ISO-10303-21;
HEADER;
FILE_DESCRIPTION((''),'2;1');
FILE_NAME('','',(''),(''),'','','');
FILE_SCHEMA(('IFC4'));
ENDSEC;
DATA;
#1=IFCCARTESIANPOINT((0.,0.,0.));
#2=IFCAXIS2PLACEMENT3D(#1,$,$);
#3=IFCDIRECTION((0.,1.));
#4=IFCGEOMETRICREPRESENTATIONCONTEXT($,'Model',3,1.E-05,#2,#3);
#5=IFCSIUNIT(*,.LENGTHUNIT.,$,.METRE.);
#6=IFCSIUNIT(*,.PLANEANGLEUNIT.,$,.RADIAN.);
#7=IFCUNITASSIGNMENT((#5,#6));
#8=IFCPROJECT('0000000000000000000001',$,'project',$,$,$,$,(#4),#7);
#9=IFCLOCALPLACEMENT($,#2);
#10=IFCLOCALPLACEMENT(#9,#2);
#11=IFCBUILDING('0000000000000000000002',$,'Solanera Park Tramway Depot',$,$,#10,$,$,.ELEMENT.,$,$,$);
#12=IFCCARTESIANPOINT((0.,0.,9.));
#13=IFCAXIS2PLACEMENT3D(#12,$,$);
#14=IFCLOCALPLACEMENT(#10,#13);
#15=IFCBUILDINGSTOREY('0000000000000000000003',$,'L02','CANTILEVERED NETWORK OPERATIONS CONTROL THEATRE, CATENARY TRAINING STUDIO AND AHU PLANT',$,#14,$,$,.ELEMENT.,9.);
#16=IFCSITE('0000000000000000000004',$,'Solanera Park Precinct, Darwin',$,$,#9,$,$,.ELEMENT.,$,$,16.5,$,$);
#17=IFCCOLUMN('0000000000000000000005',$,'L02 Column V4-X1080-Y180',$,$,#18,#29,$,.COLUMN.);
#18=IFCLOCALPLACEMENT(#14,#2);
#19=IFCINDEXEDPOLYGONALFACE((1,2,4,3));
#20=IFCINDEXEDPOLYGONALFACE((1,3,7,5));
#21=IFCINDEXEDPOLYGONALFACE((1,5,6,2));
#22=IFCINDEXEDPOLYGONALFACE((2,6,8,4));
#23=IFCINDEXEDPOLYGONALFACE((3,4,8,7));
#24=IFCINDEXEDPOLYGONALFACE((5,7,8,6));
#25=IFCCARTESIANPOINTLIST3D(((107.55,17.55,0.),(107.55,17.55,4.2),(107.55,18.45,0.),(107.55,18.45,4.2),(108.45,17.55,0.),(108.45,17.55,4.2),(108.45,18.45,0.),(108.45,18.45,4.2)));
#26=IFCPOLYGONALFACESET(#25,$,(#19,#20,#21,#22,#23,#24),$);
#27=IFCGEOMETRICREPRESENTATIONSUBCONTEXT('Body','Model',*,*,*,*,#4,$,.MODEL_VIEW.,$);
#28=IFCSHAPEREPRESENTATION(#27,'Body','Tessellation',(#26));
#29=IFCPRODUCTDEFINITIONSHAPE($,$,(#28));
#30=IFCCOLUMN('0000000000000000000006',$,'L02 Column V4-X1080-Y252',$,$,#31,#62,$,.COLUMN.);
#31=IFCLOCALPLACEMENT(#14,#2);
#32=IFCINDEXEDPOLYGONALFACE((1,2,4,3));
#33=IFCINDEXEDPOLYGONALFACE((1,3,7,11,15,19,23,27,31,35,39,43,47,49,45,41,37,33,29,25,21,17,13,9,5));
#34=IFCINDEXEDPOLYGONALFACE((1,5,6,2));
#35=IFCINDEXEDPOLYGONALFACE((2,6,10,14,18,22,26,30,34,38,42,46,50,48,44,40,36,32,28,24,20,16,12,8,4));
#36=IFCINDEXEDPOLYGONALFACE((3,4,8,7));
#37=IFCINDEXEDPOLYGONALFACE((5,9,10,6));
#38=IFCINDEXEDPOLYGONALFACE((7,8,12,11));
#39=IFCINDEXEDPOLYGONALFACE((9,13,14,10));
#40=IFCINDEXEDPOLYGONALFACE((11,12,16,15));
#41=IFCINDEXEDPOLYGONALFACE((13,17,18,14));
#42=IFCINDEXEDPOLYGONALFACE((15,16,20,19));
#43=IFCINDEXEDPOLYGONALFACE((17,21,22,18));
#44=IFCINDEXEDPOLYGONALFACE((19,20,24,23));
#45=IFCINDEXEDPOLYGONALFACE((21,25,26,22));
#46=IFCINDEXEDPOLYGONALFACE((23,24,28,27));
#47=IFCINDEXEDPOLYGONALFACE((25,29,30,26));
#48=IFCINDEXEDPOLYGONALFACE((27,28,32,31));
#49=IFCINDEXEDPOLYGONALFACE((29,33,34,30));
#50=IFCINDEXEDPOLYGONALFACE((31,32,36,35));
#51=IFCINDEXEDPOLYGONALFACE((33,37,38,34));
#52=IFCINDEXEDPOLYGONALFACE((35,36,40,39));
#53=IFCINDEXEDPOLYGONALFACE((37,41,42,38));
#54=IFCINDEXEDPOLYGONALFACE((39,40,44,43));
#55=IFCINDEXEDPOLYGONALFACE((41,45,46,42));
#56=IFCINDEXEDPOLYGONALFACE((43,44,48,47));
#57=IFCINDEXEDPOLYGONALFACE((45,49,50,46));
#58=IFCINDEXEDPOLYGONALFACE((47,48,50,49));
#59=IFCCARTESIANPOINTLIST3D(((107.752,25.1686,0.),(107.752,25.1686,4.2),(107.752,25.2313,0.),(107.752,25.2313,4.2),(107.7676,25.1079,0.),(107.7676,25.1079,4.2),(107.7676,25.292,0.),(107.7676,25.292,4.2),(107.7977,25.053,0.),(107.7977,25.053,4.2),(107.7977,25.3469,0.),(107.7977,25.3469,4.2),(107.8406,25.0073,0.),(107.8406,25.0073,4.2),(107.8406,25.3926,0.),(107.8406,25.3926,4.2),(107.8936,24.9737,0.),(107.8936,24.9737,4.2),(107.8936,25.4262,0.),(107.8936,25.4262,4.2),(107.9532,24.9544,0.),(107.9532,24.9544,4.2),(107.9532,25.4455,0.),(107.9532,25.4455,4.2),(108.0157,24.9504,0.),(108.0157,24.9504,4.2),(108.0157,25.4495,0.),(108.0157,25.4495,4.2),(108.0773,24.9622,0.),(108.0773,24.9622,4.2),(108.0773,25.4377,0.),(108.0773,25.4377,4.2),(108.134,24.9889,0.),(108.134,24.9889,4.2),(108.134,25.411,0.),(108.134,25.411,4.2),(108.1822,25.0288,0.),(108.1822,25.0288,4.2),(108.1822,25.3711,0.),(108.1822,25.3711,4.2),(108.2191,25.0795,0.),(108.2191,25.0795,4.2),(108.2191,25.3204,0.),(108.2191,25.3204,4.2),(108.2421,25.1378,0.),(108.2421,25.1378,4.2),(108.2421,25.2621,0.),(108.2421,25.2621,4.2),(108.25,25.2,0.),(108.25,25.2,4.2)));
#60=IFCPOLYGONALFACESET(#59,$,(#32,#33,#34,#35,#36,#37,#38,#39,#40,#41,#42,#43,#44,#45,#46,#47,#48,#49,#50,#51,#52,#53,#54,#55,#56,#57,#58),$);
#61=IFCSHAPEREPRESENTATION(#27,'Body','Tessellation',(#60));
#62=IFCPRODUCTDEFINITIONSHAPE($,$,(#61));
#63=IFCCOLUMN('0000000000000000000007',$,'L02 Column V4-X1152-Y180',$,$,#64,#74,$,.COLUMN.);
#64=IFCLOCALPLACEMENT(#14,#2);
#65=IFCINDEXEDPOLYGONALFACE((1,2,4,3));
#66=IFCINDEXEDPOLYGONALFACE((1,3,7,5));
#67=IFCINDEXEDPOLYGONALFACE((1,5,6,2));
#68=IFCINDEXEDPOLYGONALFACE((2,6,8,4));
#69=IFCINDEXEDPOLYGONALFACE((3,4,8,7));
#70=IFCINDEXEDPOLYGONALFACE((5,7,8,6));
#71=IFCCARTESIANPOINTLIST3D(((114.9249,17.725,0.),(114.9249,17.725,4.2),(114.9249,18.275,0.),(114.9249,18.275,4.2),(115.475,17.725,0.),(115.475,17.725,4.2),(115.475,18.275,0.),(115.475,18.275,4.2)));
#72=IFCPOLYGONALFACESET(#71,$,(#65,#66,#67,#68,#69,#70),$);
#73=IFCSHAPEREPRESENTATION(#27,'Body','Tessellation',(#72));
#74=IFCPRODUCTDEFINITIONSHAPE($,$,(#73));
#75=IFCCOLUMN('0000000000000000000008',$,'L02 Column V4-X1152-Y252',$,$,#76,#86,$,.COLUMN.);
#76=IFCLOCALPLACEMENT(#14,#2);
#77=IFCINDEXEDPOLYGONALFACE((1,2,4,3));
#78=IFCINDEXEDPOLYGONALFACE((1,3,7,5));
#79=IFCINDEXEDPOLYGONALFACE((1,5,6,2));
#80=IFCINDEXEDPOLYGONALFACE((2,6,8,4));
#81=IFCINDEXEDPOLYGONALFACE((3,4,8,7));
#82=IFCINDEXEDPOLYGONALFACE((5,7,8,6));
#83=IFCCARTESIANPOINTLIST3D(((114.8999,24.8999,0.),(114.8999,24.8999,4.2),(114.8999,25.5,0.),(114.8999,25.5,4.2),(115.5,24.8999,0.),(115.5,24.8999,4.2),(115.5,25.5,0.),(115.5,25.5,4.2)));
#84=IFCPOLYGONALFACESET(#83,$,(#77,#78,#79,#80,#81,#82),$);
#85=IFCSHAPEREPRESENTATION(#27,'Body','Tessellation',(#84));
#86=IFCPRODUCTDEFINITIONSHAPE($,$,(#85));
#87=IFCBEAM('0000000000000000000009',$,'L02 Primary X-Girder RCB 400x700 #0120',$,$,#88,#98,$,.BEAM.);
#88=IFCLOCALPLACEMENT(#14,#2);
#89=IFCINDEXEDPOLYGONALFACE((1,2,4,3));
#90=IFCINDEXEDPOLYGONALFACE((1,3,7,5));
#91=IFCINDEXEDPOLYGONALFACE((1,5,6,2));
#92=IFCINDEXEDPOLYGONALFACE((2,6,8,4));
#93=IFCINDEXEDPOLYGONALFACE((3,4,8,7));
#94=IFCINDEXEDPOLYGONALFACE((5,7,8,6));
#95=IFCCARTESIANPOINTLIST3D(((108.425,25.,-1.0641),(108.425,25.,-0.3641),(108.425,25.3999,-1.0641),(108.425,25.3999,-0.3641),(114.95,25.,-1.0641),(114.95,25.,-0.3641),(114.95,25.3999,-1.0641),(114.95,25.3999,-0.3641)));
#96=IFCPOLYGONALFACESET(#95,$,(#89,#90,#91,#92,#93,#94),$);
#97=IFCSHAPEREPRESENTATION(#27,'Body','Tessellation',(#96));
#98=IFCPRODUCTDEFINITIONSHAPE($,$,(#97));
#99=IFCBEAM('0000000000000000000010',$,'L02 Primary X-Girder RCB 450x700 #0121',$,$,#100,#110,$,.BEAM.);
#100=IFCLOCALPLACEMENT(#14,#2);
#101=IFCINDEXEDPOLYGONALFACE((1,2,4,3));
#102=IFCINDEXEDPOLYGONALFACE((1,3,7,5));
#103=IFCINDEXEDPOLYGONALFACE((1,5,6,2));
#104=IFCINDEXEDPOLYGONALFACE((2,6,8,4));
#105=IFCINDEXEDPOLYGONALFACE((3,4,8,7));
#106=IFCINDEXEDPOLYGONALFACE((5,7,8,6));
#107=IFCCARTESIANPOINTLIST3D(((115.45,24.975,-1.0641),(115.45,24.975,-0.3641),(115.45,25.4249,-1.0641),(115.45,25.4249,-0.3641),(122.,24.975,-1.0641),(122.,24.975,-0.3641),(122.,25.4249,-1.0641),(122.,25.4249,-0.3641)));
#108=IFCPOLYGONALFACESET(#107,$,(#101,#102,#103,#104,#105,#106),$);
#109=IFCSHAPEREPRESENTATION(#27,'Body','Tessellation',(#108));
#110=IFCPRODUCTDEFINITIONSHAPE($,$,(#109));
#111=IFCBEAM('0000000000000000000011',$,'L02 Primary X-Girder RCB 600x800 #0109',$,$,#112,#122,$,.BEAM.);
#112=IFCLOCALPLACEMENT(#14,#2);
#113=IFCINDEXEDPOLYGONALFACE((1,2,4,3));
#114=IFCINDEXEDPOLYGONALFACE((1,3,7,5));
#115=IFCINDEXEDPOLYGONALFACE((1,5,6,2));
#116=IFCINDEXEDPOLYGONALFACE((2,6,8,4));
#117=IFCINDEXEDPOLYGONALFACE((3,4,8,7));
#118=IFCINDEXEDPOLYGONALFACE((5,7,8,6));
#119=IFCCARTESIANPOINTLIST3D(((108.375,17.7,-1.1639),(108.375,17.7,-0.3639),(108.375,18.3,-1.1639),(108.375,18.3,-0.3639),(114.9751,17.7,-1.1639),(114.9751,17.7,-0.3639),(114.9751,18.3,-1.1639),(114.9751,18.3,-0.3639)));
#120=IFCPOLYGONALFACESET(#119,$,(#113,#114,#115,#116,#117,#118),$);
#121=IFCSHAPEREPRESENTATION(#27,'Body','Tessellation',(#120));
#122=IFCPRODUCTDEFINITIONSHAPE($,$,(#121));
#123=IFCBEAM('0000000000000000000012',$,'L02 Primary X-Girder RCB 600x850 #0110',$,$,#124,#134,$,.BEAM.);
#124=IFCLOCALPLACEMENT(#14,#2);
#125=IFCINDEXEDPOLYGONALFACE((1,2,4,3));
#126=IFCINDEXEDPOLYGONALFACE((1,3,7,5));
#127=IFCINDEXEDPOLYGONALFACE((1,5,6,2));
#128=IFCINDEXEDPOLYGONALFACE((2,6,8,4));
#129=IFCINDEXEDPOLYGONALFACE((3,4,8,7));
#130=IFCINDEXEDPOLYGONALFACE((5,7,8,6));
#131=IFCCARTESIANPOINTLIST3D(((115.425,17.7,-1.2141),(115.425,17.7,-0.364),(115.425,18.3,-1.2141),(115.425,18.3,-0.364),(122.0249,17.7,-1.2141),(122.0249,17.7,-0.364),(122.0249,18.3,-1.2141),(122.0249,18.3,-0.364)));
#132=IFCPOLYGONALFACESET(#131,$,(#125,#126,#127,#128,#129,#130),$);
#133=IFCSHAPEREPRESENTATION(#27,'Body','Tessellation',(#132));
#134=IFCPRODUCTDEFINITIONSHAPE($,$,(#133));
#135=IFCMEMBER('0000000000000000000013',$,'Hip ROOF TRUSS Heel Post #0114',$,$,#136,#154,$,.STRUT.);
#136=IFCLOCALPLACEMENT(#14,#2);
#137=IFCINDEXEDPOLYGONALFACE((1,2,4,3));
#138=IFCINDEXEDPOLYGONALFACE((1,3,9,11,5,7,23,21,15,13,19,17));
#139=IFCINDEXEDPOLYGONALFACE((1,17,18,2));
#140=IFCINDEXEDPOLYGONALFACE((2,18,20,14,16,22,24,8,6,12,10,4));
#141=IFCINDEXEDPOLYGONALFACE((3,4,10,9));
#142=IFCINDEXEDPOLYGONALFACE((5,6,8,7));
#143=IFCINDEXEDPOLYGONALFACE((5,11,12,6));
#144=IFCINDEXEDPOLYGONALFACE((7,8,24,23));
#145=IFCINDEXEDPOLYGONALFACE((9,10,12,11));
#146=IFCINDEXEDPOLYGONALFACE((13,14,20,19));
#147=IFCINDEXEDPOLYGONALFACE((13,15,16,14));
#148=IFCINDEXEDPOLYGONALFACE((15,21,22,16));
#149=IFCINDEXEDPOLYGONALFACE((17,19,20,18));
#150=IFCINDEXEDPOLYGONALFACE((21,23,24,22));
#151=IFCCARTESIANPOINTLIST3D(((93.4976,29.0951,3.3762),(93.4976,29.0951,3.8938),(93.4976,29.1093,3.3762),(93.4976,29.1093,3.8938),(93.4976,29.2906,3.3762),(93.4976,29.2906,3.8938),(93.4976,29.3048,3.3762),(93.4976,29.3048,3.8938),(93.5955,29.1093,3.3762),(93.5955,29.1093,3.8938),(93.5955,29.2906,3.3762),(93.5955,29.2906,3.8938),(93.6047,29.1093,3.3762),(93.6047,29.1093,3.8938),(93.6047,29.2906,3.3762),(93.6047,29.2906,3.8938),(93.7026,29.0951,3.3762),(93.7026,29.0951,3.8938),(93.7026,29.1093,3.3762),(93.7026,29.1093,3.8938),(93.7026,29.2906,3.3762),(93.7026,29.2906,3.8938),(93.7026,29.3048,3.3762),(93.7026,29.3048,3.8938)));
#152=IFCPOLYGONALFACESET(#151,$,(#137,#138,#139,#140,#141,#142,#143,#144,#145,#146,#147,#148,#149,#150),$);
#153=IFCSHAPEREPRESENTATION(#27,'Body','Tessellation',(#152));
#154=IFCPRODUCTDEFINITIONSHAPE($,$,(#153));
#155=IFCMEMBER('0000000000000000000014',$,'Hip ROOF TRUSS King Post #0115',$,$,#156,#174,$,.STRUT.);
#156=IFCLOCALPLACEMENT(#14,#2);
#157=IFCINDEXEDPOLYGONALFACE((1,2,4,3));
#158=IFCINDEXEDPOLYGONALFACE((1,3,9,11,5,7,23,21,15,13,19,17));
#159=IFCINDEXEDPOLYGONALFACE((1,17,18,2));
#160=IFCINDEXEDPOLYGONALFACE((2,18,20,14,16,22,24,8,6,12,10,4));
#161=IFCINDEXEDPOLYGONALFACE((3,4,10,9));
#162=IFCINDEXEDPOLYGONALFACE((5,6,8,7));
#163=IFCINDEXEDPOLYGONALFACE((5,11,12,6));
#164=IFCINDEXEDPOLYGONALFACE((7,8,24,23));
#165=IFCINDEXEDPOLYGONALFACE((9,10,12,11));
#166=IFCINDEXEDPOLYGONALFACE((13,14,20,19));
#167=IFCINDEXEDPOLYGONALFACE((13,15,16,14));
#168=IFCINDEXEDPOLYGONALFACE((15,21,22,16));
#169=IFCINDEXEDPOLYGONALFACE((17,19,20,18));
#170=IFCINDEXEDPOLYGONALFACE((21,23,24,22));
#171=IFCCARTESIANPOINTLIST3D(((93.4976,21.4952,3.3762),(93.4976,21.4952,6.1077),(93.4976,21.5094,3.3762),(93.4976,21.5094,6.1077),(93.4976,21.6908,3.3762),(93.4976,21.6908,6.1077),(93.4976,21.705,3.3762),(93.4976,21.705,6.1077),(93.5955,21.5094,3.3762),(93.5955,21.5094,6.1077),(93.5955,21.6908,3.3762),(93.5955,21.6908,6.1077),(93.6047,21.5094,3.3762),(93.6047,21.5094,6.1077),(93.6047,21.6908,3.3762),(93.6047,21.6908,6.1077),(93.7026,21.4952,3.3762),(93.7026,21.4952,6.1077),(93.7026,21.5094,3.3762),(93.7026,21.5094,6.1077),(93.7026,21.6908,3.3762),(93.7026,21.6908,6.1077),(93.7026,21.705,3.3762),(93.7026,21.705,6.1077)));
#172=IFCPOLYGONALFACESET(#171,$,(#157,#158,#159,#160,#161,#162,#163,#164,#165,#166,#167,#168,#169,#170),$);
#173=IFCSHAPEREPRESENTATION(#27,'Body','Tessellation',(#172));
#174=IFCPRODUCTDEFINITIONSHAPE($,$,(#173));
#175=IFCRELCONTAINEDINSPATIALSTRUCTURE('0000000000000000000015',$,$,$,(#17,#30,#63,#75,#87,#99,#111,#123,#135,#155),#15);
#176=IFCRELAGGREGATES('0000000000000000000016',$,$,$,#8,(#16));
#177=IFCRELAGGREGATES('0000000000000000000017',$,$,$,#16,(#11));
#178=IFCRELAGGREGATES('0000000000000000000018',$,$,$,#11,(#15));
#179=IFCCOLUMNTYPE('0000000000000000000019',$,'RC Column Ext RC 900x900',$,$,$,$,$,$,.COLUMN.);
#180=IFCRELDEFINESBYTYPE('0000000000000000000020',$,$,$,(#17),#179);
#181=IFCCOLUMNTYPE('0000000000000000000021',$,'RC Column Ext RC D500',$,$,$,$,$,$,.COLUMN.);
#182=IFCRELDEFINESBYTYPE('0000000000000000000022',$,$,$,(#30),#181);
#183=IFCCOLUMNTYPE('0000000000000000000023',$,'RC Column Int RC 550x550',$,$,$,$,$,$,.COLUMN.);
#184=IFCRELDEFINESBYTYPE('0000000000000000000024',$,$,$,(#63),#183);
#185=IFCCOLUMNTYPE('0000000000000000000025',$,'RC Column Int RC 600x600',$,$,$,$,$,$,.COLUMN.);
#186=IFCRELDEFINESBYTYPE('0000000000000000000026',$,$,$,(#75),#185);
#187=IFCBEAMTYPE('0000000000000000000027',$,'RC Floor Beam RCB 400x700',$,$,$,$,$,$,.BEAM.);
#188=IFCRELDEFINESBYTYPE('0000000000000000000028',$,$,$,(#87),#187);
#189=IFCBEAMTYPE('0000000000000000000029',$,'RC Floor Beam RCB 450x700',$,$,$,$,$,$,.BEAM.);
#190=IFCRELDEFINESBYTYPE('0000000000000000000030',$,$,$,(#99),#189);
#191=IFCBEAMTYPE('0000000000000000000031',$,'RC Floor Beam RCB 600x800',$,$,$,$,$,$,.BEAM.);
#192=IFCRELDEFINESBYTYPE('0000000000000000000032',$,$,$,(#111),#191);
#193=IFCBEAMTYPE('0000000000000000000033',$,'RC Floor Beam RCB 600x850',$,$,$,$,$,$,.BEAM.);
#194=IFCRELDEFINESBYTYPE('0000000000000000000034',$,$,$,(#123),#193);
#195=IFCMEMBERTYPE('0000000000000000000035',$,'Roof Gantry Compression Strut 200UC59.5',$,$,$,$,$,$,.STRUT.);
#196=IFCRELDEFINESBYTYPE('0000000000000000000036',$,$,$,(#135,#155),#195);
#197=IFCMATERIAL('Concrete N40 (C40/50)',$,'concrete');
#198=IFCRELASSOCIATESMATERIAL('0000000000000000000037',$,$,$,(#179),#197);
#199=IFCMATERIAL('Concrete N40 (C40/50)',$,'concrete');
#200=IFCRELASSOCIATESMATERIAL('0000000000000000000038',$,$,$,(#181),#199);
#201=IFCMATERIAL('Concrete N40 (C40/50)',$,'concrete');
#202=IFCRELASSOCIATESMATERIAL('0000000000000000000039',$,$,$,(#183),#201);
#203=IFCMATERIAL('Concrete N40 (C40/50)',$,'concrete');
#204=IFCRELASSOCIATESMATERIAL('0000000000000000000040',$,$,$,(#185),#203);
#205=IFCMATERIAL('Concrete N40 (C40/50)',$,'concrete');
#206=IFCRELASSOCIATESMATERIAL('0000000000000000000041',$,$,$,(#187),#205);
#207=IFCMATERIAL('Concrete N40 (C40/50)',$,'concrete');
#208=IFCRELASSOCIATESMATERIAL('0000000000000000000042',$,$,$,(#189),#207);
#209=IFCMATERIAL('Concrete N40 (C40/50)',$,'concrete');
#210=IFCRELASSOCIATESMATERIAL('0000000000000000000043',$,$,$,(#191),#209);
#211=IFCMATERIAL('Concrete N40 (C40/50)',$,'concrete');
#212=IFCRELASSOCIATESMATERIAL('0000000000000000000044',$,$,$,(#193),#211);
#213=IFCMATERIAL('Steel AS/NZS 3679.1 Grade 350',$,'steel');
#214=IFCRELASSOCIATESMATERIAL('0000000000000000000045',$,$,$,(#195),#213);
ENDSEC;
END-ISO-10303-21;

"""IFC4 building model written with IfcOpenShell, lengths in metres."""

from ifc_helpers import new_model, si_unit, direction, frame, origin, origin_2d, place, context, subcontext, project, spatial, rectangle, circle, i_section, extrude, material, material_profile, profile_set, type_object, element, save


model = new_model("IFC4")

# Units and contexts
model_context = context("Model", 3, precision=1e-05, world=origin(), true_north=direction((0.0, 1.0)))
body_context = subcontext(model_context, "Body", "Model", "MODEL_VIEW")
ifc_project = project(units=[si_unit("LENGTHUNIT", "METRE"), si_unit("PLANEANGLEUNIT", "RADIAN")], contexts=[model_context])

# Site, building, storey
site_placement = place(None, origin())
site = spatial("IfcSite", under=ifc_project, at=site_placement, Name="Solanera Park Precinct, Darwin", CompositionType="ELEMENT", RefElevation=16.5)
building_placement = place(site_placement, origin())
building = spatial("IfcBuilding", under=site, at=building_placement, Name="Solanera Park Tramway Depot", CompositionType="ELEMENT")
storey_placement = place(building_placement, frame((0.0, 0.0, 9.0)))
storey = spatial("IfcBuildingStorey", under=building, at=storey_placement, Name="L02", Description="CANTILEVERED NETWORK OPERATIONS CONTROL THEATRE, CATENARY TRAINING STUDIO AND AHU PLANT", CompositionType="ELEMENT", Elevation=9.0)

# Columns
ifc_material_1 = material(Name="Concrete N40 (C40/50)", Category="concrete")
ifc_material_profile_1 = material_profile(ifc_material_1, rectangle(XDim=0.8999, YDim=0.8999, at=origin_2d()), Name="RC 900x900")
ifc_profile_set_1 = profile_set([ifc_material_profile_1], Name="Concrete N40 (C40/50)")
column_type_1 = type_object("IfcColumnType", Name="RC Column Ext RC 900x900", PredefinedType="COLUMN", material=ifc_profile_set_1)
column_1_placement = place(storey_placement, frame((108.0, 18.0, 0.0), z_axis=(0.0, 0.0, 1.0), x_axis=(1.0, 0.0, 0.0)))
element("IfcColumn", 1, at=column_1_placement, inside=storey, type_object=column_type_1, Name="L02 Column V4-X1080-Y180", PredefinedType="COLUMN", context=body_context, shape_type="SweptSolid", body=[
    extrude(rectangle(XDim=0.8999, YDim=0.8999, at=origin_2d()), origin(), (0.0, 0.0, 1.0), 4.2),
])
ifc_material_2 = material(Name="Concrete N40 (C40/50)", Category="concrete")
ifc_material_profile_2 = material_profile(ifc_material_2, circle(Radius=0.25, at=origin_2d()), Name="RC D500")
ifc_profile_set_2 = profile_set([ifc_material_profile_2], Name="Concrete N40 (C40/50)")
column_type_2 = type_object("IfcColumnType", Name="RC Column Ext RC D500", PredefinedType="COLUMN", material=ifc_profile_set_2)
column_2_placement = place(storey_placement, frame((108.0, 25.2, 0.0), z_axis=(0.0, 0.0, 1.0), x_axis=(1.0, 0.0, 0.0)))
element("IfcColumn", 2, at=column_2_placement, inside=storey, type_object=column_type_2, Name="L02 Column V4-X1080-Y252", PredefinedType="COLUMN", context=body_context, shape_type="SweptSolid", body=[
    extrude(circle(Radius=0.25, at=origin_2d()), origin(), (0.0, 0.0, 1.0), 4.2),
])
ifc_material_3 = material(Name="Concrete N40 (C40/50)", Category="concrete")
ifc_material_profile_3 = material_profile(ifc_material_3, rectangle(XDim=0.55, YDim=0.55, at=origin_2d()), Name="RC 550x550")
ifc_profile_set_3 = profile_set([ifc_material_profile_3], Name="Concrete N40 (C40/50)")
column_type_3 = type_object("IfcColumnType", Name="RC Column Int RC 550x550", PredefinedType="COLUMN", material=ifc_profile_set_3)
column_3_placement = place(storey_placement, frame((115.2, 18.0, 0.0), z_axis=(0.0, 0.0, 1.0), x_axis=(1.0, 0.0, 0.0)))
element("IfcColumn", 3, at=column_3_placement, inside=storey, type_object=column_type_3, Name="L02 Column V4-X1152-Y180", PredefinedType="COLUMN", context=body_context, shape_type="SweptSolid", body=[
    extrude(rectangle(XDim=0.55, YDim=0.55, at=origin_2d()), origin(), (0.0, 0.0, 1.0), 4.2),
])
ifc_material_4 = material(Name="Concrete N40 (C40/50)", Category="concrete")
ifc_material_profile_4 = material_profile(ifc_material_4, rectangle(XDim=0.6001, YDim=0.6001, at=origin_2d()), Name="RC 600x600")
ifc_profile_set_4 = profile_set([ifc_material_profile_4], Name="Concrete N40 (C40/50)")
column_type_4 = type_object("IfcColumnType", Name="RC Column Int RC 600x600", PredefinedType="COLUMN", material=ifc_profile_set_4)
column_4_placement = place(storey_placement, frame((115.2, 25.2, 0.0), z_axis=(0.0, 0.0, 1.0), x_axis=(1.0, 0.0, 0.0)))
element("IfcColumn", 4, at=column_4_placement, inside=storey, type_object=column_type_4, Name="L02 Column V4-X1152-Y252", PredefinedType="COLUMN", context=body_context, shape_type="SweptSolid", body=[
    extrude(rectangle(XDim=0.6001, YDim=0.6001, at=origin_2d()), origin(), (0.0, 0.0, 1.0), 4.2),
])

# Beams
ifc_material_5 = material(Name="Concrete N40 (C40/50)", Category="concrete")
ifc_material_profile_5 = material_profile(ifc_material_5, rectangle(XDim=0.3999, YDim=0.7, at=origin_2d()), Name="RCB 400x700")
ifc_profile_set_5 = profile_set([ifc_material_profile_5], Name="Concrete N40 (C40/50)")
beam_type_1 = type_object("IfcBeamType", Name="RC Floor Beam RCB 400x700", PredefinedType="BEAM", material=ifc_profile_set_5)
beam_1_placement = place(storey_placement, frame((108.425, 25.2, -0.7141), z_axis=(1.0, 0.0, 0.0), x_axis=(0.0, 1.0, 0.0)))
element("IfcBeam", 5, at=beam_1_placement, inside=storey, type_object=beam_type_1, Name="L02 Primary X-Girder RCB 400x700 #0120", PredefinedType="BEAM", context=body_context, shape_type="SweptSolid", body=[
    extrude(rectangle(XDim=0.3999, YDim=0.7, at=origin_2d()), origin(), (0.0, 0.0, 1.0), 6.5249),
])
ifc_material_6 = material(Name="Concrete N40 (C40/50)", Category="concrete")
ifc_material_profile_6 = material_profile(ifc_material_6, rectangle(XDim=0.45, YDim=0.7, at=origin_2d()), Name="RCB 450x700")
ifc_profile_set_6 = profile_set([ifc_material_profile_6], Name="Concrete N40 (C40/50)")
beam_type_2 = type_object("IfcBeamType", Name="RC Floor Beam RCB 450x700", PredefinedType="BEAM", material=ifc_profile_set_6)
beam_2_placement = place(storey_placement, frame((115.45, 25.2, -0.7141), z_axis=(1.0, 0.0, 0.0), x_axis=(0.0, 1.0, 0.0)))
element("IfcBeam", 6, at=beam_2_placement, inside=storey, type_object=beam_type_2, Name="L02 Primary X-Girder RCB 450x700 #0121", PredefinedType="BEAM", context=body_context, shape_type="SweptSolid", body=[
    extrude(rectangle(XDim=0.45, YDim=0.7, at=origin_2d()), origin(), (0.0, 0.0, 1.0), 6.55),
])
ifc_material_7 = material(Name="Concrete N40 (C40/50)", Category="concrete")
ifc_material_profile_7 = material_profile(ifc_material_7, rectangle(XDim=0.6001, YDim=0.8, at=origin_2d()), Name="RCB 600x800")
ifc_profile_set_7 = profile_set([ifc_material_profile_7], Name="Concrete N40 (C40/50)")
beam_type_3 = type_object("IfcBeamType", Name="RC Floor Beam RCB 600x800", PredefinedType="BEAM", material=ifc_profile_set_7)
beam_3_placement = place(storey_placement, frame((108.375, 18.0, -0.7639), z_axis=(1.0, 0.0, 0.0), x_axis=(0.0, 1.0, 0.0)))
element("IfcBeam", 7, at=beam_3_placement, inside=storey, type_object=beam_type_3, Name="L02 Primary X-Girder RCB 600x800 #0109", PredefinedType="BEAM", context=body_context, shape_type="SweptSolid", body=[
    extrude(rectangle(XDim=0.6001, YDim=0.8, at=origin_2d()), origin(), (0.0, 0.0, 1.0), 6.6001),
])
ifc_material_8 = material(Name="Concrete N40 (C40/50)", Category="concrete")
ifc_material_profile_8 = material_profile(ifc_material_8, rectangle(XDim=0.6001, YDim=0.8501, at=origin_2d()), Name="RCB 600x850")
ifc_profile_set_8 = profile_set([ifc_material_profile_8], Name="Concrete N40 (C40/50)")
beam_type_4 = type_object("IfcBeamType", Name="RC Floor Beam RCB 600x850", PredefinedType="BEAM", material=ifc_profile_set_8)
beam_4_placement = place(storey_placement, frame((115.425, 18.0, -0.7891), z_axis=(1.0, 0.0, 0.0), x_axis=(0.0, 1.0, 0.0)))
element("IfcBeam", 8, at=beam_4_placement, inside=storey, type_object=beam_type_4, Name="L02 Primary X-Girder RCB 600x850 #0110", PredefinedType="BEAM", context=body_context, shape_type="SweptSolid", body=[
    extrude(rectangle(XDim=0.6001, YDim=0.8501, at=origin_2d()), origin(), (0.0, 0.0, 1.0), 6.5999),
])

# Members
ifc_material_9 = material(Name="Steel AS/NZS 3679.1 Grade 350", Category="steel")
ifc_material_profile_9 = material_profile(ifc_material_9, i_section(OverallWidth=0.2051, OverallDepth=0.2097, WebThickness=0.0093, FlangeThickness=0.0142, at=origin_2d()), Name="200UC59.5")
ifc_profile_set_9 = profile_set([ifc_material_profile_9], Name="Steel AS/NZS 3679.1 Grade 350")
member_type_1 = type_object("IfcMemberType", Name="Roof Gantry Compression Strut 200UC59.5", PredefinedType="STRUT", material=ifc_profile_set_9)
member_1_placement = place(storey_placement, frame((93.6001, 29.2, 3.3762), z_axis=(0.0, 0.0, 1.0), x_axis=(1.0, 0.0, 0.0)))
element("IfcMember", 9, at=member_1_placement, inside=storey, type_object=member_type_1, Name="Hip ROOF TRUSS Heel Post #0114", PredefinedType="STRUT", context=body_context, shape_type="SweptSolid", body=[
    extrude(i_section(OverallWidth=0.2051, OverallDepth=0.2097, WebThickness=0.0093, FlangeThickness=0.0142, at=origin_2d()), origin(), (0.0, 0.0, 1.0), 0.5176),
])
member_2_placement = place(storey_placement, frame((93.6001, 21.6001, 3.3762), z_axis=(0.0, 0.0, 1.0), x_axis=(1.0, 0.0, 0.0)))
element("IfcMember", 10, at=member_2_placement, inside=storey, type_object=member_type_1, Name="Hip ROOF TRUSS King Post #0115", PredefinedType="STRUT", context=body_context, shape_type="SweptSolid", body=[
    extrude(i_section(OverallWidth=0.2051, OverallDepth=0.2097, WebThickness=0.0093, FlangeThickness=0.0142, at=origin_2d()), origin(), (0.0, 0.0, 1.0), 2.7314),
])

save(model, "model.ifc")
